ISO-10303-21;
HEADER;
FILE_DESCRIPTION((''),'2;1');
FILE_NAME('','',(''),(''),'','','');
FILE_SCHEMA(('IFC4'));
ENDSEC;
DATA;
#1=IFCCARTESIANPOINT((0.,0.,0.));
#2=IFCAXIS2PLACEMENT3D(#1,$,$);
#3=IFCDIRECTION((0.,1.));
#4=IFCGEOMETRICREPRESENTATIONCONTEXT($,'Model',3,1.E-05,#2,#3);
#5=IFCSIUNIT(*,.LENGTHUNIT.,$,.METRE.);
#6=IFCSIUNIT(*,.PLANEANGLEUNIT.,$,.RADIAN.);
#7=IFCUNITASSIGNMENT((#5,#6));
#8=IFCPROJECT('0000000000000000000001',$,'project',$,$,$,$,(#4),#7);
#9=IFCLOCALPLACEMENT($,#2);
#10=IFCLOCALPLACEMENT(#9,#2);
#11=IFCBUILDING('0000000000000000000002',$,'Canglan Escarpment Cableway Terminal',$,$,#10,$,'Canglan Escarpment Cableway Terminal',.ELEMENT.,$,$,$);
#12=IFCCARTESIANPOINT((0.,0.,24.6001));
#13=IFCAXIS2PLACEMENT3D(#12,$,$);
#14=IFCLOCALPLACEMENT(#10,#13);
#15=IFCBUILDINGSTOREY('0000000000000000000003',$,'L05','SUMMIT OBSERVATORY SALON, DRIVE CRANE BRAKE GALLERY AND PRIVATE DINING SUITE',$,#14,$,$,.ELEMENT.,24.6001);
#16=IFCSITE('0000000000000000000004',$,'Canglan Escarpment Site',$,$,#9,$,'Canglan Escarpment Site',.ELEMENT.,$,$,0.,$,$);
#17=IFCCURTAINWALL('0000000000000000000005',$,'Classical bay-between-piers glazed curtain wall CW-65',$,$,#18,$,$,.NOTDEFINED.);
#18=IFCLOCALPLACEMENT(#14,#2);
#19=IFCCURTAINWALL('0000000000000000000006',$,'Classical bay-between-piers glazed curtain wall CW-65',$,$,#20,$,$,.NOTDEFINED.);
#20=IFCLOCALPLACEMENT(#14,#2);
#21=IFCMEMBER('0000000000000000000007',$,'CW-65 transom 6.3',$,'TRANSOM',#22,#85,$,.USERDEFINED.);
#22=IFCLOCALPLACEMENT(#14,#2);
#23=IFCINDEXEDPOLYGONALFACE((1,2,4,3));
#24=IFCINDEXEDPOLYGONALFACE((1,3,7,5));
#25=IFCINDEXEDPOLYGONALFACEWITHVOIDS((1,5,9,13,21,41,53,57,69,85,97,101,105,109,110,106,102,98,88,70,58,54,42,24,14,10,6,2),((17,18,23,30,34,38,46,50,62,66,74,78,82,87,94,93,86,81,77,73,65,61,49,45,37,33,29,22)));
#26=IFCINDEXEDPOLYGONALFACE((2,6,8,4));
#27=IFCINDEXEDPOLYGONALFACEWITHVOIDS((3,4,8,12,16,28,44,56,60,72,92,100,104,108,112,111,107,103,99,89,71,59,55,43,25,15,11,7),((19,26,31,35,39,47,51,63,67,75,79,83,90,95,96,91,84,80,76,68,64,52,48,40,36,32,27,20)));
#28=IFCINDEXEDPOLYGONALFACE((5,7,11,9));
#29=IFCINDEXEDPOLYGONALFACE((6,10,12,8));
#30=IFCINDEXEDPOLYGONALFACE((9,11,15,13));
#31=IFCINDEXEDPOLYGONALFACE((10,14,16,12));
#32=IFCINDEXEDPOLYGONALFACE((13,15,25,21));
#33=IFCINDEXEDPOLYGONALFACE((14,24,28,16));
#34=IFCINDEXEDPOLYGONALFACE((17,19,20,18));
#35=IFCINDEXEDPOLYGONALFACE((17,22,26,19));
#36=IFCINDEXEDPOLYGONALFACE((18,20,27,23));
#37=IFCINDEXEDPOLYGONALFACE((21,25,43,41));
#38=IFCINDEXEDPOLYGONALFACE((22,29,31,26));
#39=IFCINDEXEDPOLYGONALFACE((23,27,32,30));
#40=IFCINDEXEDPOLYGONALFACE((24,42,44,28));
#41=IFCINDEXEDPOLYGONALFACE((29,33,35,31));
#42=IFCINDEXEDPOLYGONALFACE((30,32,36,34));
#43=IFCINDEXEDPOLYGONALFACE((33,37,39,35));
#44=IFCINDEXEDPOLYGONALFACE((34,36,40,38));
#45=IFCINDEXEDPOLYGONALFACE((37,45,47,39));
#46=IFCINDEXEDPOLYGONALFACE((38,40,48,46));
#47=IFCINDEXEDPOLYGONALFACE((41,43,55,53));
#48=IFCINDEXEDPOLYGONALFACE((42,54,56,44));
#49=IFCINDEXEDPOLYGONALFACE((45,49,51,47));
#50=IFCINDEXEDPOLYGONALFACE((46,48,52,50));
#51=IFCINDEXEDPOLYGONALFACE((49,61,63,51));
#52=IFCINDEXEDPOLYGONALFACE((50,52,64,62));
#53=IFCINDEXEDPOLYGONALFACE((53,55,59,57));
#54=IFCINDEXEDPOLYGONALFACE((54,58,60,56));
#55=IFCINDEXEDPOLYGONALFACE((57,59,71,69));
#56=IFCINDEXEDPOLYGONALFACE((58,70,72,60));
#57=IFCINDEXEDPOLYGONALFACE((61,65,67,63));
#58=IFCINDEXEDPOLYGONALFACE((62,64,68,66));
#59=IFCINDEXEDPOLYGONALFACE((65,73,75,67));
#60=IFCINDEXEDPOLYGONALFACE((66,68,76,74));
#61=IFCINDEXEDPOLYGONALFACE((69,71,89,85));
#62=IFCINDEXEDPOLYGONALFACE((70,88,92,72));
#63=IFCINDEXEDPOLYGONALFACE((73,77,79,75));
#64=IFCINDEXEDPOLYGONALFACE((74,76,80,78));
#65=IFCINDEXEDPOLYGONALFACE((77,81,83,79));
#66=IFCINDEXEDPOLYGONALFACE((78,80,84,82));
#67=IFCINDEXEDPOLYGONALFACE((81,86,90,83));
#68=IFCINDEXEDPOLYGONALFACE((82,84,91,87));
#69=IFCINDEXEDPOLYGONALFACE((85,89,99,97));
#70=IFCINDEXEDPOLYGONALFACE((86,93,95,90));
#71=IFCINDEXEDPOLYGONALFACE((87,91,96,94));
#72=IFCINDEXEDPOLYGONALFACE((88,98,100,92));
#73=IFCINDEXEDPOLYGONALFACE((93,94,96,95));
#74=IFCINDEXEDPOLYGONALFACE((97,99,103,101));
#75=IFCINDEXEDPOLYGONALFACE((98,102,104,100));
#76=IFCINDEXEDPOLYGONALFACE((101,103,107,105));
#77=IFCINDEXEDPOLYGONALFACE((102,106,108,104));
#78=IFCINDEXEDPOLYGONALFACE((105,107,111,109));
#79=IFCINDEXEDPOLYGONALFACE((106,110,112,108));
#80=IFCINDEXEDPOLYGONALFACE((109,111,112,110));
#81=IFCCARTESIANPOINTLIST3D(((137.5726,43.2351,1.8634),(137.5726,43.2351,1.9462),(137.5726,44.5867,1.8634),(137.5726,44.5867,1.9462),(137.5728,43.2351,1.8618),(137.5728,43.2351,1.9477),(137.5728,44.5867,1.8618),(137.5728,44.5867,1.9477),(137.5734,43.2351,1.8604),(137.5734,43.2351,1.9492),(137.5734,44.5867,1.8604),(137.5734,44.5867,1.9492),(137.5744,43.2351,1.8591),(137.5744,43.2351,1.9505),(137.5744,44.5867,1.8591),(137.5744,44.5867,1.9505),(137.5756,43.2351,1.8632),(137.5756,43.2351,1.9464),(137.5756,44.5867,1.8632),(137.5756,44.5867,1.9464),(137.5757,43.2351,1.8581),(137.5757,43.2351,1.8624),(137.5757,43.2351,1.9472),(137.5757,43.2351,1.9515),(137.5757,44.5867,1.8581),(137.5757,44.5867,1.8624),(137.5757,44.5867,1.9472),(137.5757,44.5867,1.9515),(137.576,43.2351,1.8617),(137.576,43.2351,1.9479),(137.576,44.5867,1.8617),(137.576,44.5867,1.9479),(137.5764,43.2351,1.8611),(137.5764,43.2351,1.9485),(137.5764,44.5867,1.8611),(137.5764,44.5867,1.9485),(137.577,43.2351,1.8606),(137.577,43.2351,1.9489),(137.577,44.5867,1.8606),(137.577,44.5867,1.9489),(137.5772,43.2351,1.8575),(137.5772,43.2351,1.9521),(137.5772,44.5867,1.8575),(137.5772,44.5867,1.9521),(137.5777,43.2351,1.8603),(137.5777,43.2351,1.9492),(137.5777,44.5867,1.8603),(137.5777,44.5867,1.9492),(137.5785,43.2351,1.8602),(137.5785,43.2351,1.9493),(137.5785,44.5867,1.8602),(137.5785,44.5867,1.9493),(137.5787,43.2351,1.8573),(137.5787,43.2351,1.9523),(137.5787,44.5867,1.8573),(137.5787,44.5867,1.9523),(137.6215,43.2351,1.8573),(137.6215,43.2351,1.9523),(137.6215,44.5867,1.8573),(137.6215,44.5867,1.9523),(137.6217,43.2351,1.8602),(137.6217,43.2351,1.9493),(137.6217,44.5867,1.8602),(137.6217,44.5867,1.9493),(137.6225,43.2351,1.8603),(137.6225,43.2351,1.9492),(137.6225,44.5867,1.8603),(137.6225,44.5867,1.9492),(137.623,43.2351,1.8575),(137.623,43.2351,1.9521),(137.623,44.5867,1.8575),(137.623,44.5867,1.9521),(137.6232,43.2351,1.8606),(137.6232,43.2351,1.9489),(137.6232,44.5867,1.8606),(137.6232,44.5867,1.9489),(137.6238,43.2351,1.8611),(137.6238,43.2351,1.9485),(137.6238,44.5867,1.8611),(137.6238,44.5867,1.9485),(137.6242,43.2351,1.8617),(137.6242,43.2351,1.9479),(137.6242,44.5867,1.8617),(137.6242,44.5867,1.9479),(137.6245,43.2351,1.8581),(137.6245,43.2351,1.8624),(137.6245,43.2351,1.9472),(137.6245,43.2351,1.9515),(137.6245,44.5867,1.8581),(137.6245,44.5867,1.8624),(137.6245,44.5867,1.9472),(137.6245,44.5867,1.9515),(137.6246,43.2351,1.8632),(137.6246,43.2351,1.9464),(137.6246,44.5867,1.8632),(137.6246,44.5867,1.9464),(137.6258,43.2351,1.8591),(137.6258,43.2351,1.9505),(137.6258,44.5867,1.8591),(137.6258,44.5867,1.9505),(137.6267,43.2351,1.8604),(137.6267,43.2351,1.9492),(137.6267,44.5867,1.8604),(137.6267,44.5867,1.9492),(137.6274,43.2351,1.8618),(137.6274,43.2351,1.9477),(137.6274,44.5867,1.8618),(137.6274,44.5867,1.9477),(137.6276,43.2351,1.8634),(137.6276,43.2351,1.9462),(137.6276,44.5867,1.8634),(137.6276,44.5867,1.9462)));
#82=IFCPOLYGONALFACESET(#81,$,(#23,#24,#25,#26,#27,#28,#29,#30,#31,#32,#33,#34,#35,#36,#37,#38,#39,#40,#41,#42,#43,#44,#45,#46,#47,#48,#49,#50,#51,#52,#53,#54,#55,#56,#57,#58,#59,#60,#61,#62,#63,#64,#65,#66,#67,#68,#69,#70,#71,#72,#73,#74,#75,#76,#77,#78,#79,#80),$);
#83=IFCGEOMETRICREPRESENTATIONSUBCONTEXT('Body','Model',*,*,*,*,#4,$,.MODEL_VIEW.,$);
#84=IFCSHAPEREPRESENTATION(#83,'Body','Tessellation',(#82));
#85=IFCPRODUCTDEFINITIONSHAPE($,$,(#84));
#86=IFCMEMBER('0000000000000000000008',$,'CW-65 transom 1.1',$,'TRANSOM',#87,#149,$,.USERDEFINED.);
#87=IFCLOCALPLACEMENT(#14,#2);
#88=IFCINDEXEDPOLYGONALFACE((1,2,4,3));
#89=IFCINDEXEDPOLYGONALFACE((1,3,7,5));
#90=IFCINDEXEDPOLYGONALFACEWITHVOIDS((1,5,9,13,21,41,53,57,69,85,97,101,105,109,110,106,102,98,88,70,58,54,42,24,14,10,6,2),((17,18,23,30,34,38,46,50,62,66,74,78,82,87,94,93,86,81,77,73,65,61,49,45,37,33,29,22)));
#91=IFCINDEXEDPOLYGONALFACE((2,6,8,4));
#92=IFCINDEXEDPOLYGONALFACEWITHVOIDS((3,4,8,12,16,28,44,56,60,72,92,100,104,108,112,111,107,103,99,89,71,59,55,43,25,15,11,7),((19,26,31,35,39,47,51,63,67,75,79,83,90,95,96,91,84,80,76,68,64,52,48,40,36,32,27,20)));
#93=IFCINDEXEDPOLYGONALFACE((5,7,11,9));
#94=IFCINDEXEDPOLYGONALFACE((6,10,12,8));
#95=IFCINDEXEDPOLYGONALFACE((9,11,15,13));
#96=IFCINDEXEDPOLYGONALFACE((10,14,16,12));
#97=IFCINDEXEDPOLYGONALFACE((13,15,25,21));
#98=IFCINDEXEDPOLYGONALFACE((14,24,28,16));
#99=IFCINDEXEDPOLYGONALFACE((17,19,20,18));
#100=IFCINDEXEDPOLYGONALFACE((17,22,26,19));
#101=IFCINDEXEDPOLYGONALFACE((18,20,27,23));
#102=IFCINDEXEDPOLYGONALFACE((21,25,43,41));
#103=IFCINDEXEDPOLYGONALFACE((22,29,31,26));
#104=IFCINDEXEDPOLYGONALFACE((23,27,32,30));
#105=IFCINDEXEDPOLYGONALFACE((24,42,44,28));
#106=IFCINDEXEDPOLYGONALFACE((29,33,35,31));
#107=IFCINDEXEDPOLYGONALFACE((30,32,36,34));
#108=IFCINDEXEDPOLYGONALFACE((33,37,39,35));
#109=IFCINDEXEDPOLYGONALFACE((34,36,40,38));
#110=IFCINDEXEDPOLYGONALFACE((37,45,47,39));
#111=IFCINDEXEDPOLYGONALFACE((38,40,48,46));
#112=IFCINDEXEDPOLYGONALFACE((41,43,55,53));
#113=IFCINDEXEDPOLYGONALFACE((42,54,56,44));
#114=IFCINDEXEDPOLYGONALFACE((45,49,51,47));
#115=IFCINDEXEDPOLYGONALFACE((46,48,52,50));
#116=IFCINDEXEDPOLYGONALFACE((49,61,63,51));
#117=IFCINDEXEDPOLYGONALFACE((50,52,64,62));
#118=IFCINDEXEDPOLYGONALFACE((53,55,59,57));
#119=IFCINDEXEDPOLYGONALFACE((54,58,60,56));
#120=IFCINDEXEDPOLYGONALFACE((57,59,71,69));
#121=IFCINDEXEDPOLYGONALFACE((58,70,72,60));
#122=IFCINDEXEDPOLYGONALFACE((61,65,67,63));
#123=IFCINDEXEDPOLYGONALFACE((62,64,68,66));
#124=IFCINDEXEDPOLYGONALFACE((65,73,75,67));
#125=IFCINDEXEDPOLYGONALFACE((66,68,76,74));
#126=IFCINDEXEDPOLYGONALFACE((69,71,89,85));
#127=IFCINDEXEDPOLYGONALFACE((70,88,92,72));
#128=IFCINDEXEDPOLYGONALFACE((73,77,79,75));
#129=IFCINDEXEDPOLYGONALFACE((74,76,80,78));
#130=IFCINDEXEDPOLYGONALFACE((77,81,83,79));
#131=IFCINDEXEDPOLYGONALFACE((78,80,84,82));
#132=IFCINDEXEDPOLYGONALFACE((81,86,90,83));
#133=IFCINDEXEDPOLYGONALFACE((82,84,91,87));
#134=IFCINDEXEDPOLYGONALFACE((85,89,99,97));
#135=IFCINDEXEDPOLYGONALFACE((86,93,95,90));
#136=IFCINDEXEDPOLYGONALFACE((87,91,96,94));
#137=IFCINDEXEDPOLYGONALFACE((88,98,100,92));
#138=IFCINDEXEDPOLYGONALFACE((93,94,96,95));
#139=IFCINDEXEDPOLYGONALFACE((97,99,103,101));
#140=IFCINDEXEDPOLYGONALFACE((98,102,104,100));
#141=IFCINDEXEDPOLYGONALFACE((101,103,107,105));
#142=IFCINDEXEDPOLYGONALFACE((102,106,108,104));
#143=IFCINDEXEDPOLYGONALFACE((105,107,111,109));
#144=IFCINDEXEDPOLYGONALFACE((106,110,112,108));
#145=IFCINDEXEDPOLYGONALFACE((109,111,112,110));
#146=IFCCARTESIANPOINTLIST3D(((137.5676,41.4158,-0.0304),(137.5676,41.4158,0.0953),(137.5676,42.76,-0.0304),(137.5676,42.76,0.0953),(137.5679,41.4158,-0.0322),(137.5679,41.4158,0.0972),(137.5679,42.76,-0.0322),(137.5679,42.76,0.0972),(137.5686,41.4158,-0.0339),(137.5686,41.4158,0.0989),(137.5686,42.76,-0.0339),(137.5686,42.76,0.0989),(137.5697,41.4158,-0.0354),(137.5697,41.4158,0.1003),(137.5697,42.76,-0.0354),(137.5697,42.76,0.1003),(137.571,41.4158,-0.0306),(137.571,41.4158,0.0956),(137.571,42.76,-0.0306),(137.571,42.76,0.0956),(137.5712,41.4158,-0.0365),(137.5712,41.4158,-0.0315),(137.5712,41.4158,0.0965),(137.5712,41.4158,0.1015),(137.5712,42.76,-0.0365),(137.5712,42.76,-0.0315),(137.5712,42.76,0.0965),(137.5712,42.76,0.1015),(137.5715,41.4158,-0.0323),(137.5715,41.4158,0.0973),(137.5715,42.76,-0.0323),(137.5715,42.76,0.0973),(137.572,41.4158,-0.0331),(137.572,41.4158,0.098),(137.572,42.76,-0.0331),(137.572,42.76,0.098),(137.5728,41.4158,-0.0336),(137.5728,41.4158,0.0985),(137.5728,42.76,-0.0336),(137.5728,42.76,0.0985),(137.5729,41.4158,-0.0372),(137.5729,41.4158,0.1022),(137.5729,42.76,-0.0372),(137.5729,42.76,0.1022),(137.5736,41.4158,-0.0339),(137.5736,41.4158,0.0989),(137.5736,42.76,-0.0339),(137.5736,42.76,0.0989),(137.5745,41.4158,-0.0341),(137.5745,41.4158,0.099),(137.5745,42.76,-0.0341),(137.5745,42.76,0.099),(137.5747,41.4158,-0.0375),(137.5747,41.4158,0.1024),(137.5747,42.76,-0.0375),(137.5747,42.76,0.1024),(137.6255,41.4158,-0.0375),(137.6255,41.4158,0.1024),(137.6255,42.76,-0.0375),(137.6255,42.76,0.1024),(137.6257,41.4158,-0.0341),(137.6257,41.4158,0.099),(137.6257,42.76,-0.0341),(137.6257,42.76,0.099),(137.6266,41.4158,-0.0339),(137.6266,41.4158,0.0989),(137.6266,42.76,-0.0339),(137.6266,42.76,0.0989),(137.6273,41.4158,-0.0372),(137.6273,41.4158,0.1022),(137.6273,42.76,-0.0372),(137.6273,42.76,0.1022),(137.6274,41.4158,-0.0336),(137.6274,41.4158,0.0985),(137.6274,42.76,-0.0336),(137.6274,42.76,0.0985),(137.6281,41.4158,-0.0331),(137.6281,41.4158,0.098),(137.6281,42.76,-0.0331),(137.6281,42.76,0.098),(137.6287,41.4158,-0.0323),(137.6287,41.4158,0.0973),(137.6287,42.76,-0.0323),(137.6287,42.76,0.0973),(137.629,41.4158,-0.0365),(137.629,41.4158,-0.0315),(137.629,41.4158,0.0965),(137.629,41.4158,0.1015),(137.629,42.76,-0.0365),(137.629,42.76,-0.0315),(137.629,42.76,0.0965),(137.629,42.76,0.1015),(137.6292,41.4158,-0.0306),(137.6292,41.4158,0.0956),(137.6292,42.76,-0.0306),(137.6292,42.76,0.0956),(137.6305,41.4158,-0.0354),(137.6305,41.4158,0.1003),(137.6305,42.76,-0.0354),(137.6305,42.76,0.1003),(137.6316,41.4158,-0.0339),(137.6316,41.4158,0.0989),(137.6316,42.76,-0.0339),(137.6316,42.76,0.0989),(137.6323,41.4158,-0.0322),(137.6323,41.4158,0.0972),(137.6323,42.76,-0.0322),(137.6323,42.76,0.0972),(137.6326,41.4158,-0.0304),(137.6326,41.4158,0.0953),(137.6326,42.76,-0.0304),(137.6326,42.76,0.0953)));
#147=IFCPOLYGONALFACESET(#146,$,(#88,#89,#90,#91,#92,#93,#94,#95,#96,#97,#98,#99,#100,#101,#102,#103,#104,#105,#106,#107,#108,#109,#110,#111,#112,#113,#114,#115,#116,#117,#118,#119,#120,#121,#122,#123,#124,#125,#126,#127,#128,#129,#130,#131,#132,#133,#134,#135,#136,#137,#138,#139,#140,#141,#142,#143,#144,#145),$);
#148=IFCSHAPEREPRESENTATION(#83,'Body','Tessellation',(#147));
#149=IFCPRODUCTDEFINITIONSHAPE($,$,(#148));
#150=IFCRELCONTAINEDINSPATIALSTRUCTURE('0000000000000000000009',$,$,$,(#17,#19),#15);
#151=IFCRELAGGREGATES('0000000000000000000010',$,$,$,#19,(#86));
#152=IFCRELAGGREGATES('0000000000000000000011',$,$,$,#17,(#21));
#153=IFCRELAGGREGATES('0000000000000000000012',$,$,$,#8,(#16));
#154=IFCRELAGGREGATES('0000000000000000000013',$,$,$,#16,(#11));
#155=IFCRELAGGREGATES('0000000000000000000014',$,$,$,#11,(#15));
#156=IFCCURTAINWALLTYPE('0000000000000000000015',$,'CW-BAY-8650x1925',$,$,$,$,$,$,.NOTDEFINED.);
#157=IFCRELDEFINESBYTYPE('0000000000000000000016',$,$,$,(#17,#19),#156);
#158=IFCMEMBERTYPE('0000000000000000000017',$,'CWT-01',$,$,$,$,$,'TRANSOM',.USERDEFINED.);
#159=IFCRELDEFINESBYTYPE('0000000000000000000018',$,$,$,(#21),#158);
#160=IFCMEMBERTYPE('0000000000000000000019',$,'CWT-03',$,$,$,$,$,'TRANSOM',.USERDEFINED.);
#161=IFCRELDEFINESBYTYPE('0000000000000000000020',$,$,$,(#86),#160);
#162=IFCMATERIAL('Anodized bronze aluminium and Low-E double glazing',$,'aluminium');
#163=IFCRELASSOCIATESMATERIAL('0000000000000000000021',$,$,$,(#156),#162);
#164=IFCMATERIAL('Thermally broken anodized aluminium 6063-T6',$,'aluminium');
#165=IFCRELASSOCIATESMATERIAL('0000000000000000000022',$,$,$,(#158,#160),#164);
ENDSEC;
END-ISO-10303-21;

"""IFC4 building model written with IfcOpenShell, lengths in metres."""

from ifc_helpers import new_model, si_unit, direction, frame, origin, origin_2d, place, context, subcontext, project, spatial, hollow_rectangle, extrude, material, material_profile, profile_set, type_object, element, aggregate, save


model = new_model("IFC4")

# Units and contexts
model_context = context("Model", 3, precision=1e-05, world=origin(), true_north=direction((0.0, 1.0)))
body_context = subcontext(model_context, "Body", "Model", "MODEL_VIEW")
ifc_project = project(units=[si_unit("LENGTHUNIT", "METRE"), si_unit("PLANEANGLEUNIT", "RADIAN")], contexts=[model_context])

# Site, building, storey
site_placement = place(None, origin())
site = spatial("IfcSite", under=ifc_project, at=site_placement, Name="Canglan Escarpment Site", LongName="Canglan Escarpment Site", CompositionType="ELEMENT", RefElevation=0.0)
building_placement = place(site_placement, origin())
building = spatial("IfcBuilding", under=site, at=building_placement, Name="Canglan Escarpment Cableway Terminal", LongName="Canglan Escarpment Cableway Terminal", CompositionType="ELEMENT")
storey_placement = place(building_placement, frame((0.0, 0.0, 24.6001)))
storey = spatial("IfcBuildingStorey", under=building, at=storey_placement, Name="L05", Description="SUMMIT OBSERVATORY SALON, DRIVE CRANE BRAKE GALLERY AND PRIVATE DINING SUITE", CompositionType="ELEMENT", Elevation=24.6001)

# Curtain walls
ifc_material_1 = material(Name="Anodized bronze aluminium and Low-E double glazing", Category="aluminium")
curtain_wall_type = type_object("IfcCurtainWallType", Name="CW-BAY-8650x1925", PredefinedType="NOTDEFINED", material=ifc_material_1)
curtain_wall_1_placement = place(storey_placement, origin())
curtain_wall_1 = element("IfcCurtainWall", 1, at=curtain_wall_1_placement, inside=storey, type_object=curtain_wall_type, Name="Classical bay-between-piers glazed curtain wall CW-65", PredefinedType="NOTDEFINED")
ifc_material_2 = material(Name="Thermally broken anodized aluminium 6063-T6", Category="aluminium")
curtain_wall_2_placement = place(storey_placement, origin())
curtain_wall_2 = element("IfcCurtainWall", 2, at=curtain_wall_2_placement, inside=storey, type_object=curtain_wall_type, Name="Classical bay-between-piers glazed curtain wall CW-65", PredefinedType="NOTDEFINED")

# Members
ifc_material_profile_1 = material_profile(ifc_material_2, hollow_rectangle(XDim=0.0549, YDim=0.095, WallThickness=0.0029, InnerFilletRadius=0.0029, OuterFilletRadius=0.0061, at=origin_2d()), Name="ALU-TRAN 55x95x3")
ifc_profile_set_1 = profile_set([ifc_material_profile_1], Name="Thermally broken anodized aluminium 6063-T6")
member_type_1 = type_object("IfcMemberType", Name="CWT-01", ElementType="TRANSOM", PredefinedType="USERDEFINED", material=ifc_profile_set_1)
member_1_placement = place(storey_placement, frame((137.6001, 44.5867, 1.9048), z_axis=(0.0, -1.0, 0.0), x_axis=(1.0, 0.0, 0.0)))
member_1 = element("IfcMember", 3, at=member_1_placement, type_object=member_type_1, Name="CW-65 transom 6.3", ObjectType="TRANSOM", PredefinedType="USERDEFINED", context=body_context, shape_type="SweptSolid", body=[
    extrude(hollow_rectangle(XDim=0.0549, YDim=0.095, WallThickness=0.0029, InnerFilletRadius=0.0029, OuterFilletRadius=0.0061, at=origin_2d()), origin(), (0.0, 0.0, 1.0), 1.3516),
])
ifc_material_profile_2 = material_profile(ifc_material_2, hollow_rectangle(XDim=0.0649, YDim=0.1399, WallThickness=0.0034, InnerFilletRadius=0.0034, OuterFilletRadius=0.0071, at=origin_2d()), Name="ALU-TRAN 65x140x3.5")
ifc_profile_set_2 = profile_set([ifc_material_profile_2], Name="Thermally broken anodized aluminium 6063-T6")
member_type_2 = type_object("IfcMemberType", Name="CWT-03", ElementType="TRANSOM", PredefinedType="USERDEFINED", material=ifc_profile_set_2)
member_2_placement = place(storey_placement, frame((137.6001, 42.76, 0.0325), z_axis=(0.0, -1.0, 0.0), x_axis=(1.0, 0.0, 0.0)))
member_2 = element("IfcMember", 4, at=member_2_placement, type_object=member_type_2, Name="CW-65 transom 1.1", ObjectType="TRANSOM", PredefinedType="USERDEFINED", context=body_context, shape_type="SweptSolid", body=[
    extrude(hollow_rectangle(XDim=0.0649, YDim=0.1399, WallThickness=0.0034, InnerFilletRadius=0.0034, OuterFilletRadius=0.0071, at=origin_2d()), origin(), (0.0, 0.0, 1.0), 1.3442),
])

aggregate(curtain_wall_2, [member_2])
aggregate(curtain_wall_1, [member_1])

save(model, "model.ifc")
